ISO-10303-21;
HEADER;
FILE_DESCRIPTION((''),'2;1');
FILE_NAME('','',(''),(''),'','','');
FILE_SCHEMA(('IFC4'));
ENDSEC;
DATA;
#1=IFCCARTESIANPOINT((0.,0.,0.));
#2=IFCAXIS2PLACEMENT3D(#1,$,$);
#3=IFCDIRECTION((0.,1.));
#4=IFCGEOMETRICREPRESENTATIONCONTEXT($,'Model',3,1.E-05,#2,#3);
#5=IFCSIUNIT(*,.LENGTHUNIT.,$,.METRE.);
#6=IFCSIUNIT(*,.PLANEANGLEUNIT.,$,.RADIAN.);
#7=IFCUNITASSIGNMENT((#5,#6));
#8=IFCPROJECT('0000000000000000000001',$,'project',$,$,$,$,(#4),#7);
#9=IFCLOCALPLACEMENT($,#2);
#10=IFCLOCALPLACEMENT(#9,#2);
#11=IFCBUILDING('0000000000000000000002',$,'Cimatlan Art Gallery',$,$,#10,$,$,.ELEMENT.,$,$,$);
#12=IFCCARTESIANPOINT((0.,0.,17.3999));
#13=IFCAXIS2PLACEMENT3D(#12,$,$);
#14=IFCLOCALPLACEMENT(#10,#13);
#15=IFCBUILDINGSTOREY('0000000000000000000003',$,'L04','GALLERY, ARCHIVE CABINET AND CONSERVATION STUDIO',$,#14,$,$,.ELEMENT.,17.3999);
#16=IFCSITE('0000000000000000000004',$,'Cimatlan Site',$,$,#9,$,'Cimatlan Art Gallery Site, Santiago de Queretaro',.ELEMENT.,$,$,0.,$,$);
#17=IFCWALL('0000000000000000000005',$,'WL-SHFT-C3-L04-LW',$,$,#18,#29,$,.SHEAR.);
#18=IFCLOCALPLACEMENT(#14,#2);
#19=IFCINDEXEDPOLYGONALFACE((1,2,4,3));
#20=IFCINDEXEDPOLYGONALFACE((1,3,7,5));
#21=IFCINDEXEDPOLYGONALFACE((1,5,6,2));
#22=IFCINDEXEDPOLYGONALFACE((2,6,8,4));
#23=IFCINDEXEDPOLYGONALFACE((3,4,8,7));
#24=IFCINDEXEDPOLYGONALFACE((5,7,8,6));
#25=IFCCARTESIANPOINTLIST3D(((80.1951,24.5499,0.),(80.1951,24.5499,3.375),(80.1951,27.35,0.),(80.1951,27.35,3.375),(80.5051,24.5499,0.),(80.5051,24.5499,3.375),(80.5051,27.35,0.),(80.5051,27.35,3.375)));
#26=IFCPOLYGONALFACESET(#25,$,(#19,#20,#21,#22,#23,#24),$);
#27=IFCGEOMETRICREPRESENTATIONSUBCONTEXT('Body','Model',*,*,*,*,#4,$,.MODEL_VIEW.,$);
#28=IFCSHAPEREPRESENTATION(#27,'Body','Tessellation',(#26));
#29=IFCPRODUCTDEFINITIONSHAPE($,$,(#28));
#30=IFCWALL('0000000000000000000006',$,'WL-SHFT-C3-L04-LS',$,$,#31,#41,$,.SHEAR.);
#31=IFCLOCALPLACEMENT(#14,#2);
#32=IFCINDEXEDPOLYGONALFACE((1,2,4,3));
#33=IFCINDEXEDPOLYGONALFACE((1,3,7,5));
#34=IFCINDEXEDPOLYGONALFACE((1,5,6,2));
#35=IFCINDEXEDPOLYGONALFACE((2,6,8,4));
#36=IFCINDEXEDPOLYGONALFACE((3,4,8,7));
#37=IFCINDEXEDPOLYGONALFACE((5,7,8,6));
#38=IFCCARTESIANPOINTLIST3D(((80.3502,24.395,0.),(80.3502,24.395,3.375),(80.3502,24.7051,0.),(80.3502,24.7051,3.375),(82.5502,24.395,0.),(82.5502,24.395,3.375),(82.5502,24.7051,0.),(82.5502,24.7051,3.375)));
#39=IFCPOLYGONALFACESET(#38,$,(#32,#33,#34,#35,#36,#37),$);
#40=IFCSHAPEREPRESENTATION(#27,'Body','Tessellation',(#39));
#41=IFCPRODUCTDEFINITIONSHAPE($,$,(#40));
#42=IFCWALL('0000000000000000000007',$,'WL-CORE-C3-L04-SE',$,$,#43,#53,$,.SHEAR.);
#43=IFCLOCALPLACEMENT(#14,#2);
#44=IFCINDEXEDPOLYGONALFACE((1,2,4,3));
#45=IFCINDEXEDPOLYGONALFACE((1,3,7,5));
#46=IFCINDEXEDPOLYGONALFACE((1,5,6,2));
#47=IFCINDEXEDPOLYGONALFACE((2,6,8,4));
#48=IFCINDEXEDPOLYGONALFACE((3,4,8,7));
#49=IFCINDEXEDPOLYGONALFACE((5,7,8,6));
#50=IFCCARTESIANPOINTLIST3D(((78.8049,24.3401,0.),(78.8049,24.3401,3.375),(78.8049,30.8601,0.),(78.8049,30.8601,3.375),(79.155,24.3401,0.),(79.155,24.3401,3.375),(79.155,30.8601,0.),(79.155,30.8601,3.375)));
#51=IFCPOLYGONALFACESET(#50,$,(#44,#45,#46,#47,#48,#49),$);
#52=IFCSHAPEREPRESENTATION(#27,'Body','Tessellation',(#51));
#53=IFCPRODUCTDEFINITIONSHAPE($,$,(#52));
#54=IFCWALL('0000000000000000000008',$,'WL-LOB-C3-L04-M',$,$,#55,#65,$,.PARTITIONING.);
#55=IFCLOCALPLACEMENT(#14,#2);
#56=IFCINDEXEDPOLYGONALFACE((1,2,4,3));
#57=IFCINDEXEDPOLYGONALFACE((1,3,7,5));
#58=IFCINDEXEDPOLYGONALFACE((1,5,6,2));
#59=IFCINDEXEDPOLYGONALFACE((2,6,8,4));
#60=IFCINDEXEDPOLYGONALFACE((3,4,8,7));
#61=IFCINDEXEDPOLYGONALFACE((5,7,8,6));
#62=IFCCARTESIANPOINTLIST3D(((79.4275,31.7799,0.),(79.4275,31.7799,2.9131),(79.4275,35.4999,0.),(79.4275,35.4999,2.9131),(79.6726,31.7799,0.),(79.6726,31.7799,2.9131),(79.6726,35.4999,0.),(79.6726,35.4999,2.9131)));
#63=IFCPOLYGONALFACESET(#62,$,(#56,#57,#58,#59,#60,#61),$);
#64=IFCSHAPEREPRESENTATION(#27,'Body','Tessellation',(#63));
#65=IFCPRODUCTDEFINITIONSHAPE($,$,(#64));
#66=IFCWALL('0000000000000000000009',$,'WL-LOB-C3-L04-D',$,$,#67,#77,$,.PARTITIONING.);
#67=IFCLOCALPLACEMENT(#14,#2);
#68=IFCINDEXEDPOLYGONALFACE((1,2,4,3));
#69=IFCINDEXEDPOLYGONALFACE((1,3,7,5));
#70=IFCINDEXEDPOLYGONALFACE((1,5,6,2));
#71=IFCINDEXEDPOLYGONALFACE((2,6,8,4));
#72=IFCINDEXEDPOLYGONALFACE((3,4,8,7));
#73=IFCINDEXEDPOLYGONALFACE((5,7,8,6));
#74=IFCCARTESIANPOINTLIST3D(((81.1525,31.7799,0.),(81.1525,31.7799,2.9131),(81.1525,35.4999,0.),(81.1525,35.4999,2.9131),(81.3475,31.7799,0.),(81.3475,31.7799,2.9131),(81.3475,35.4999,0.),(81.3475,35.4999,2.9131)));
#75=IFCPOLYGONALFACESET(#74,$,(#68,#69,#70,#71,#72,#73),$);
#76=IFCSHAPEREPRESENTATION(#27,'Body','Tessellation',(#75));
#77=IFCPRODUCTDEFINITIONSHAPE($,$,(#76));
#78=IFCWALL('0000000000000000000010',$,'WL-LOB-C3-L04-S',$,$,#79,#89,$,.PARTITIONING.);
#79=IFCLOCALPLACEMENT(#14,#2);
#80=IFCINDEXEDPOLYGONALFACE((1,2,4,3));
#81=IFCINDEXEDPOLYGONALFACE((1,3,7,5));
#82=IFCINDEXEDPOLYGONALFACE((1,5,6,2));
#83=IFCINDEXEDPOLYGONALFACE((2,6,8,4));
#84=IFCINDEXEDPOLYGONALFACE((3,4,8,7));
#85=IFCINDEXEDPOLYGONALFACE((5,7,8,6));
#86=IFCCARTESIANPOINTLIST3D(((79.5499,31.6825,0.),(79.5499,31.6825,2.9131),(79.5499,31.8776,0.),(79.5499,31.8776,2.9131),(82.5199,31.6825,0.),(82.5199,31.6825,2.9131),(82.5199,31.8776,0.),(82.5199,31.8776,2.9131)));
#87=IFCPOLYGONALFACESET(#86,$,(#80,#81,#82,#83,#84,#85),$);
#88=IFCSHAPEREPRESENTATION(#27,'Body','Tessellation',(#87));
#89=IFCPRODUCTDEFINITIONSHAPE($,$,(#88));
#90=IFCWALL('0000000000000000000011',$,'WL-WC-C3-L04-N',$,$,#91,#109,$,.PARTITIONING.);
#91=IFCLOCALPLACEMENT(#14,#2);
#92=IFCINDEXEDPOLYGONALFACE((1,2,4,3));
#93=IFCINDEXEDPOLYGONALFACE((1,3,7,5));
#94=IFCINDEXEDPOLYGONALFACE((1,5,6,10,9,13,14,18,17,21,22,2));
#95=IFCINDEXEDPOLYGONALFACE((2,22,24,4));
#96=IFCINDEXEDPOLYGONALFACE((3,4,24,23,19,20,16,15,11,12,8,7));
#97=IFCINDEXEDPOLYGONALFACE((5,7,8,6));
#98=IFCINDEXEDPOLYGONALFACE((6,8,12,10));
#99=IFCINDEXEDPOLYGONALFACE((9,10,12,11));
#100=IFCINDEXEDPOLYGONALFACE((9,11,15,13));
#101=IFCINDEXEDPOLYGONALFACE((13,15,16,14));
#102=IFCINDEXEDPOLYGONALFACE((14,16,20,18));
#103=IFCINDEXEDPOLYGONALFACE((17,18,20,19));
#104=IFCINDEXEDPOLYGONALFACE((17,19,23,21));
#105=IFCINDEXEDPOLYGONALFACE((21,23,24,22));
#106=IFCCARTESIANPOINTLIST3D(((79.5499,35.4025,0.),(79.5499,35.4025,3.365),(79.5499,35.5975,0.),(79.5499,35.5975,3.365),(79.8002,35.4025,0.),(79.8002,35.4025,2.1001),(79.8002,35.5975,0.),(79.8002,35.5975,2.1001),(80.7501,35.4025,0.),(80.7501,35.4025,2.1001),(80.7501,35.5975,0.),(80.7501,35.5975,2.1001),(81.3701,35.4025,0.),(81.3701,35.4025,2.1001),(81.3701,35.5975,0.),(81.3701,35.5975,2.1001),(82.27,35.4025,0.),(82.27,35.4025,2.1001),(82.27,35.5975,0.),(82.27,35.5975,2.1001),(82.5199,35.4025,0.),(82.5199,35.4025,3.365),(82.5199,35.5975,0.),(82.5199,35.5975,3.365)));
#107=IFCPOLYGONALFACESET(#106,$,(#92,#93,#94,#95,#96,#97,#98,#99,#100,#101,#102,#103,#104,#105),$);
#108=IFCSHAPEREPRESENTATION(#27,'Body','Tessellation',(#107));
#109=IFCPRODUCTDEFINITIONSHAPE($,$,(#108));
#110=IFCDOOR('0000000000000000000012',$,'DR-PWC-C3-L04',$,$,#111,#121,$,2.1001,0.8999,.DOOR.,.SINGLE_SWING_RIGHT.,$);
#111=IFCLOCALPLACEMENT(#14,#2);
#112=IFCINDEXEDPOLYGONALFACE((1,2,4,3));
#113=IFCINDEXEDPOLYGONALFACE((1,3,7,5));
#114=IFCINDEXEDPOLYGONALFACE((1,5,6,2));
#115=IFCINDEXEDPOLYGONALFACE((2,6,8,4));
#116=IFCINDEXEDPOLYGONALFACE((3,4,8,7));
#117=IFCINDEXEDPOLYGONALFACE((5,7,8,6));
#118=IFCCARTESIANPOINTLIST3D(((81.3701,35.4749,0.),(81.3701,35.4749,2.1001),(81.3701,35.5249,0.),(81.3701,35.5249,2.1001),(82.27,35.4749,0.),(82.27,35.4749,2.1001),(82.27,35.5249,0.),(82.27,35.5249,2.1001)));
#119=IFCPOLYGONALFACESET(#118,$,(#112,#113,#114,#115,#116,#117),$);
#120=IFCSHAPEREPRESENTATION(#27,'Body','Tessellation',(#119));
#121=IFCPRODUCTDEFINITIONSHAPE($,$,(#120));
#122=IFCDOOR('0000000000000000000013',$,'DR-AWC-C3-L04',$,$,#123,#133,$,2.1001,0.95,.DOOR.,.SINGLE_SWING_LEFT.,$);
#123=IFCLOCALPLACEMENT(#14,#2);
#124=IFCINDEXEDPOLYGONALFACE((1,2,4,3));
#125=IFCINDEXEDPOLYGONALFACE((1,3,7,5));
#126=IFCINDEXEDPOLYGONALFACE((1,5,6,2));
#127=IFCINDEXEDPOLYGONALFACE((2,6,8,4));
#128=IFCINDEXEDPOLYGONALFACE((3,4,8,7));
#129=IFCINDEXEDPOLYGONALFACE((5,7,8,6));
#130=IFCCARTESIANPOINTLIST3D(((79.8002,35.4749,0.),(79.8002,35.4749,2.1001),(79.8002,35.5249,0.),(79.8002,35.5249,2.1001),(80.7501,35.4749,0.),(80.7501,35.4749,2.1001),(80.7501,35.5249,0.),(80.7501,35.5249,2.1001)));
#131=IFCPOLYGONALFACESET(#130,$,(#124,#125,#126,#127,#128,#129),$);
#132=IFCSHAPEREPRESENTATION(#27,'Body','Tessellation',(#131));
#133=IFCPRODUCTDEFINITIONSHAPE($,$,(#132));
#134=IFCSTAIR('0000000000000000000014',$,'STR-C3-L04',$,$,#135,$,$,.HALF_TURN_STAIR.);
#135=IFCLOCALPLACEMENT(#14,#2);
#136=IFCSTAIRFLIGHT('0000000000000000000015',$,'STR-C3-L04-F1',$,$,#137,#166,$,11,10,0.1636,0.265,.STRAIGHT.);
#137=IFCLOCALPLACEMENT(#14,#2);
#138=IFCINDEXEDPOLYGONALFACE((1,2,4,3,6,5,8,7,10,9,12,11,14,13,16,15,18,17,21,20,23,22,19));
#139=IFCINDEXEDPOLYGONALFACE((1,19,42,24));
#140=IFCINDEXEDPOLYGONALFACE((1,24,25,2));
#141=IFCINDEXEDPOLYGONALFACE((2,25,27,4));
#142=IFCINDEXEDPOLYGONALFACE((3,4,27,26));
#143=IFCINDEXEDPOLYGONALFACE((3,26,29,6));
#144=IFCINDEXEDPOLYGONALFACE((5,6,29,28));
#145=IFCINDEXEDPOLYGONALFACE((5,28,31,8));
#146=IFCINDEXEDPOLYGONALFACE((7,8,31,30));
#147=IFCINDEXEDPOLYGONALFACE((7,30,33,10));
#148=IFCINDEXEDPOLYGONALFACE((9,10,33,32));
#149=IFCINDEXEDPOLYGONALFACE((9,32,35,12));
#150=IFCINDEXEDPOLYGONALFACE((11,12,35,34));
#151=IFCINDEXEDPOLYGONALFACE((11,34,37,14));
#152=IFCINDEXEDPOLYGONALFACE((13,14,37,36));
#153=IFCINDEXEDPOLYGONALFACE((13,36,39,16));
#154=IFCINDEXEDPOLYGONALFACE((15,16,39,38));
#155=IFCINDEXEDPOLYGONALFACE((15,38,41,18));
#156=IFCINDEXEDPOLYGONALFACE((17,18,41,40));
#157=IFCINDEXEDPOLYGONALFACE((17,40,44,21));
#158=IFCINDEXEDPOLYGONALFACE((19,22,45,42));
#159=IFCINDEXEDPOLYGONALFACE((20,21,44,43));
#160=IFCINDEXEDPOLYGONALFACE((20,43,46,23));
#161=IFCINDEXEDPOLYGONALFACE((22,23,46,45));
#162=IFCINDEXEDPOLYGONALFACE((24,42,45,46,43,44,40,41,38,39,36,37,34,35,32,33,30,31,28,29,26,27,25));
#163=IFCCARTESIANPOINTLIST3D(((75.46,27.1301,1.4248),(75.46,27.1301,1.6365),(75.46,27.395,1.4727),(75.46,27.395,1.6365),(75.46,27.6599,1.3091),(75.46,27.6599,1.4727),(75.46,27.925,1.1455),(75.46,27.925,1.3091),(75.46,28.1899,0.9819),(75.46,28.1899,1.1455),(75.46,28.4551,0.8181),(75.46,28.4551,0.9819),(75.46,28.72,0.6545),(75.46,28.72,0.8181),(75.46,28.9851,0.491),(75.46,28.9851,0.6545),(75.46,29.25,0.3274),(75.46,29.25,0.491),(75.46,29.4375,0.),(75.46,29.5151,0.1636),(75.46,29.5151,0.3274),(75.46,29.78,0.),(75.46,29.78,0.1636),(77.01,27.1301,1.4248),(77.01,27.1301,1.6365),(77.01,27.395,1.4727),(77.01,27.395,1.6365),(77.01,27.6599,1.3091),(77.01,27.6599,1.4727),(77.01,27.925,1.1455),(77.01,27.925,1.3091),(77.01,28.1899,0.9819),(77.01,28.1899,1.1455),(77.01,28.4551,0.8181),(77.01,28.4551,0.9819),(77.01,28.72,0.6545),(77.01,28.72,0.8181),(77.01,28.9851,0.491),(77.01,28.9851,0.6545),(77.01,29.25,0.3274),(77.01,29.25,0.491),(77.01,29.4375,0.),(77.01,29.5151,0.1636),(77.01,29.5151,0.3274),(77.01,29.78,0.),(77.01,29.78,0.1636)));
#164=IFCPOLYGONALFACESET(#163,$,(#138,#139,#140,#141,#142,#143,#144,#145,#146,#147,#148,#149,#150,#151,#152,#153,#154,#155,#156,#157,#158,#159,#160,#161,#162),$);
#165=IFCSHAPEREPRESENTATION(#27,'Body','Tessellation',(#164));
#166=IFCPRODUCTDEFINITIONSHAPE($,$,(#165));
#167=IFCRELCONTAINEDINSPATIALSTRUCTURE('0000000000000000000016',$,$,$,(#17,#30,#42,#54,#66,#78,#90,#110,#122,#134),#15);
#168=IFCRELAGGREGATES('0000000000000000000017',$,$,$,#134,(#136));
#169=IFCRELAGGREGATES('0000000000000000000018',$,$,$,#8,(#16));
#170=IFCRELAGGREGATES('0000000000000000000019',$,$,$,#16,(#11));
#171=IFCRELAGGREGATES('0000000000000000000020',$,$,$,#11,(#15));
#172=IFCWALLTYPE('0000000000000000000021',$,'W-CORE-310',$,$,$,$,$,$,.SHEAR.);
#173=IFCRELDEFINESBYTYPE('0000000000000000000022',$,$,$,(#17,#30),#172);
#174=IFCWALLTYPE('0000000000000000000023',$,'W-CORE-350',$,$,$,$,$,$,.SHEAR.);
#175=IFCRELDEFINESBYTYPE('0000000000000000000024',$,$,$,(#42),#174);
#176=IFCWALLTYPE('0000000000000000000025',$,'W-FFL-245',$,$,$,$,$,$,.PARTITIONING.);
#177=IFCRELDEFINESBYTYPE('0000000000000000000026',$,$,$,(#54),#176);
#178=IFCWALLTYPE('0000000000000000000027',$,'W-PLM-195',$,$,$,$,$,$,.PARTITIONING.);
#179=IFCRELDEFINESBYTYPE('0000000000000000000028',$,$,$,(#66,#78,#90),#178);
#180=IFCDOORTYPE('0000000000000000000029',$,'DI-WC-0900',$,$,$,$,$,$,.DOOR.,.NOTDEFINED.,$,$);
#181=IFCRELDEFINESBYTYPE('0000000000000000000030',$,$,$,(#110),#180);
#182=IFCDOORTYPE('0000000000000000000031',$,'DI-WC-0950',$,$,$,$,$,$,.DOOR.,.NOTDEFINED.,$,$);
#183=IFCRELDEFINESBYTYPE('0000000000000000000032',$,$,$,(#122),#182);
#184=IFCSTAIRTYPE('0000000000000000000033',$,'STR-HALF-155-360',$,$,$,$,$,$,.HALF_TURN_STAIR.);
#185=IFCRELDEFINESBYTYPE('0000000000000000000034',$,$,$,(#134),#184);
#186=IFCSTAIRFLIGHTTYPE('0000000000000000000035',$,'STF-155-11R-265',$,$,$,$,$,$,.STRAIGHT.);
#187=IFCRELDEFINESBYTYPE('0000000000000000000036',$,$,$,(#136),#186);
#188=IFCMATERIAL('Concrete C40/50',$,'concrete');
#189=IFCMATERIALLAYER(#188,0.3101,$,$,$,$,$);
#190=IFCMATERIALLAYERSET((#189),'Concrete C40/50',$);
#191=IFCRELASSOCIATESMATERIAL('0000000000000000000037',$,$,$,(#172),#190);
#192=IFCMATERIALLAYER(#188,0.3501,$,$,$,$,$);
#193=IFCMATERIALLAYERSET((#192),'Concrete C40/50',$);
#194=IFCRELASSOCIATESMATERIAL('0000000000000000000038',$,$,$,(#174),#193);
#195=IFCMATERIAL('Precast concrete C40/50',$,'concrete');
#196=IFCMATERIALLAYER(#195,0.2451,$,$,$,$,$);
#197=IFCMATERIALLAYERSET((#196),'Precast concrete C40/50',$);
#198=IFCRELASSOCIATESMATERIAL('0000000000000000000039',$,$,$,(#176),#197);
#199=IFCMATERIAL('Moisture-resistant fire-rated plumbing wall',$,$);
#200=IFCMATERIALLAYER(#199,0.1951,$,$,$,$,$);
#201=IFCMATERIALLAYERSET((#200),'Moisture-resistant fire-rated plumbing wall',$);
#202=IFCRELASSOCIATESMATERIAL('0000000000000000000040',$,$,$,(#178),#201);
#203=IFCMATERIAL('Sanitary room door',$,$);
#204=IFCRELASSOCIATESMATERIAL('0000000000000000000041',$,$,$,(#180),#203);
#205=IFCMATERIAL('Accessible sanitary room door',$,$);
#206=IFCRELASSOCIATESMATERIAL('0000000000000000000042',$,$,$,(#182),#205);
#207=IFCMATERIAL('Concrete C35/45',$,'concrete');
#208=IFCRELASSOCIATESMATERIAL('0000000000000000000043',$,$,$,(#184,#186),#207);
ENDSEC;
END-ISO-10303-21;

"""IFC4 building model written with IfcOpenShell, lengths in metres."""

from ifc_helpers import new_model, si_unit, direction, frame, frame_2d, origin, place, context, subcontext, project, spatial, polyline, rectangle, outline, extrude, material, layer, layer_set, type_object, element, fill, aggregate, save


model = new_model("IFC4")

# Units and contexts
model_context = context("Model", 3, precision=1e-05, world=origin(), true_north=direction((0.0, 1.0)))
body_context = subcontext(model_context, "Body", "Model", "MODEL_VIEW")
ifc_project = project(units=[si_unit("LENGTHUNIT", "METRE"), si_unit("PLANEANGLEUNIT", "RADIAN")], contexts=[model_context])

# Site, building, storey
site_placement = place(None, origin())
site = spatial("IfcSite", under=ifc_project, at=site_placement, Name="Cimatlan Site", LongName="Cimatlan Art Gallery Site, Santiago de Queretaro", CompositionType="ELEMENT", RefElevation=0.0)
building_placement = place(site_placement, origin())
building = spatial("IfcBuilding", under=site, at=building_placement, Name="Cimatlan Art Gallery", CompositionType="ELEMENT")
storey_placement = place(building_placement, frame((0.0, 0.0, 17.3999)))
storey = spatial("IfcBuildingStorey", under=building, at=storey_placement, Name="L04", Description="GALLERY, ARCHIVE CABINET AND CONSERVATION STUDIO", CompositionType="ELEMENT", Elevation=17.3999)

# Walls
ifc_material_1 = material(Name="Concrete C40/50", Category="concrete")
ifc_layer_1 = layer(ifc_material_1, 0.3101)
ifc_layer_set_1 = layer_set([ifc_layer_1], Name="Concrete C40/50")
wall_type_1 = type_object("IfcWallType", Name="W-CORE-310", PredefinedType="SHEAR", material=ifc_layer_set_1)
wall_1_placement = place(storey_placement, frame((80.3501, 24.55, 0.0), z_axis=(0.0, 0.0, 1.0), x_axis=(0.0, 1.0, 0.0)))
element("IfcWall", 1, at=wall_1_placement, inside=storey, type_object=wall_type_1, Name="WL-SHFT-C3-L04-LW", PredefinedType="SHEAR", context=body_context, shape_type="SweptSolid", body=[
    extrude(rectangle(XDim=2.8, YDim=0.3101, at=frame_2d((1.3999, 0.0))), origin(), (0.0, 0.0, 1.0), 3.375),
])
wall_2_placement = place(storey_placement, frame((80.3501, 24.55, 0.0), z_axis=(0.0, 0.0, 1.0), x_axis=(1.0, 0.0, 0.0)))
element("IfcWall", 2, at=wall_2_placement, inside=storey, type_object=wall_type_1, Name="WL-SHFT-C3-L04-LS", PredefinedType="SHEAR", context=body_context, shape_type="SweptSolid", body=[
    extrude(rectangle(XDim=2.2, YDim=0.3101, at=frame_2d((1.1001, 0.0))), origin(), (0.0, 0.0, 1.0), 3.375),
])

# Walls
ifc_layer_2 = layer(ifc_material_1, 0.3501)
ifc_layer_set_2 = layer_set([ifc_layer_2], Name="Concrete C40/50")
wall_type_2 = type_object("IfcWallType", Name="W-CORE-350", PredefinedType="SHEAR", material=ifc_layer_set_2)
wall_3_placement = place(storey_placement, frame((78.98, 24.3401, 0.0), z_axis=(0.0, 0.0, 1.0), x_axis=(0.0, 1.0, 0.0)))
element("IfcWall", 3, at=wall_3_placement, inside=storey, type_object=wall_type_2, Name="WL-CORE-C3-L04-SE", PredefinedType="SHEAR", context=body_context, shape_type="SweptSolid", body=[
    extrude(rectangle(XDim=6.52, YDim=0.3501, at=frame_2d((3.26, 0.0))), origin(), (0.0, 0.0, 1.0), 3.375),
])
ifc_material_2 = material(Name="Precast concrete C40/50", Category="concrete")
ifc_layer_3 = layer(ifc_material_2, 0.2451)
ifc_layer_set_3 = layer_set([ifc_layer_3], Name="Precast concrete C40/50")
wall_type_3 = type_object("IfcWallType", Name="W-FFL-245", PredefinedType="PARTITIONING", material=ifc_layer_set_3)
wall_4_placement = place(storey_placement, frame((79.55, 31.78, 0.0), z_axis=(0.0, 0.0, 1.0), x_axis=(0.0, 1.0, 0.0)))
element("IfcWall", 4, at=wall_4_placement, inside=storey, type_object=wall_type_3, Name="WL-LOB-C3-L04-M", PredefinedType="PARTITIONING", context=body_context, shape_type="SweptSolid", body=[
    extrude(rectangle(XDim=3.72, YDim=0.2451, at=frame_2d((1.8599, 0.0))), origin(), (0.0, 0.0, 1.0), 2.9131),
])
ifc_material_3 = material(Name="Moisture-resistant fire-rated plumbing wall")
ifc_layer_4 = layer(ifc_material_3, 0.1951)
ifc_layer_set_4 = layer_set([ifc_layer_4], Name="Moisture-resistant fire-rated plumbing wall")
wall_type_4 = type_object("IfcWallType", Name="W-PLM-195", PredefinedType="PARTITIONING", material=ifc_layer_set_4)
wall_5_placement = place(storey_placement, frame((81.25, 31.78, 0.0), z_axis=(0.0, 0.0, 1.0), x_axis=(0.0, 1.0, 0.0)))
element("IfcWall", 5, at=wall_5_placement, inside=storey, type_object=wall_type_4, Name="WL-LOB-C3-L04-D", PredefinedType="PARTITIONING", context=body_context, shape_type="SweptSolid", body=[
    extrude(rectangle(XDim=3.72, YDim=0.1951, at=frame_2d((1.8599, 0.0))), origin(), (0.0, 0.0, 1.0), 2.9131),
])
wall_6_placement = place(storey_placement, frame((79.55, 31.78, 0.0), z_axis=(0.0, 0.0, 1.0), x_axis=(1.0, 0.0, 0.0)))
element("IfcWall", 6, at=wall_6_placement, inside=storey, type_object=wall_type_4, Name="WL-LOB-C3-L04-S", PredefinedType="PARTITIONING", context=body_context, shape_type="SweptSolid", body=[
    extrude(rectangle(XDim=2.97, YDim=0.1951, at=frame_2d((1.4849, 0.0))), origin(), (0.0, 0.0, 1.0), 2.9131),
])

# Wall, openings, doors
wall_7_placement = place(storey_placement, frame((79.55, 35.5, 0.0), z_axis=(0.0, 0.0, 1.0), x_axis=(1.0, 0.0, 0.0)))
wall_7 = element("IfcWall", 7, at=wall_7_placement, inside=storey, type_object=wall_type_4, Name="WL-WC-C3-L04-N", PredefinedType="PARTITIONING", context=body_context, shape_type="SweptSolid", body=[
    extrude(rectangle(XDim=2.97, YDim=0.1951, at=frame_2d((1.4849, 0.0))), origin(), (0.0, 0.0, 1.0), 3.365),
])
opening_1_placement = place(wall_7_placement, frame((0.25, 0.0, 0.0)))
opening_1 = element("IfcOpeningElement", 8, at=opening_1_placement, cuts=wall_7, PredefinedType="OPENING", context=body_context, shape_type="SweptSolid", body=[
    extrude(rectangle(XDim=0.95, YDim=2.1001, at=frame_2d((0.4751, 1.05))), frame((0.0, 0.1074, 0.0), z_axis=(0.0, -1.0, 0.0), x_axis=(1.0, 0.0, 0.0)), (0.0, 0.0, 1.0), 0.2151),
])
opening_2_placement = place(wall_7_placement, frame((1.8201, 0.0, 0.0)))
opening_2 = element("IfcOpeningElement", 9, at=opening_2_placement, cuts=wall_7, PredefinedType="OPENING", context=body_context, shape_type="SweptSolid", body=[
    extrude(rectangle(XDim=0.8999, YDim=2.1001, at=frame_2d((0.45, 1.05))), frame((0.0, 0.1074, 0.0), z_axis=(0.0, -1.0, 0.0), x_axis=(1.0, 0.0, 0.0)), (0.0, 0.0, 1.0), 0.2151),
])
ifc_material_4 = material(Name="Sanitary room door")
door_type_1 = type_object("IfcDoorType", Name="DI-WC-0900", OperationType="NOTDEFINED", PredefinedType="DOOR", material=ifc_material_4)
door_1_placement = place(opening_2_placement, origin())
door_1 = element("IfcDoor", 10, at=door_1_placement, inside=storey, type_object=door_type_1, Name="DR-PWC-C3-L04", OperationType="SINGLE_SWING_RIGHT", OverallHeight=2.1001, OverallWidth=0.8999, PredefinedType="DOOR", context=body_context, shape_type="SweptSolid", body=[
    extrude(rectangle(XDim=0.8999, YDim=2.1001, at=frame_2d((0.45, 1.05))), frame((0.0, 0.0249, 0.0), z_axis=(0.0, -1.0, 0.0), x_axis=(1.0, 0.0, 0.0)), (0.0, 0.0, 1.0), 0.05),
])
fill(opening_2, door_1)
ifc_material_5 = material(Name="Accessible sanitary room door")
door_type_2 = type_object("IfcDoorType", Name="DI-WC-0950", OperationType="NOTDEFINED", PredefinedType="DOOR", material=ifc_material_5)
door_2_placement = place(opening_1_placement, origin())
door_2 = element("IfcDoor", 11, at=door_2_placement, inside=storey, type_object=door_type_2, Name="DR-AWC-C3-L04", OperationType="SINGLE_SWING_LEFT", OverallHeight=2.1001, OverallWidth=0.95, PredefinedType="DOOR", context=body_context, shape_type="SweptSolid", body=[
    extrude(rectangle(XDim=0.95, YDim=2.1001, at=frame_2d((0.4751, 1.05))), frame((0.0, 0.0249, 0.0), z_axis=(0.0, -1.0, 0.0), x_axis=(1.0, 0.0, 0.0)), (0.0, 0.0, 1.0), 0.05),
])
fill(opening_1, door_2)

# Stair, stair flight
ifc_material_6 = material(Name="Concrete C35/45", Category="concrete")
stair_type = type_object("IfcStairType", Name="STR-HALF-155-360", PredefinedType="HALF_TURN_STAIR", material=ifc_material_6)
stair_placement = place(storey_placement, origin())
stair = element("IfcStair", 12, at=stair_placement, inside=storey, type_object=stair_type, Name="STR-C3-L04", PredefinedType="HALF_TURN_STAIR")
stair_flight_type = type_object("IfcStairFlightType", Name="STF-155-11R-265", PredefinedType="STRAIGHT", material=ifc_material_6)
stair_flight_1_placement = place(storey_placement, frame((76.2351, 29.78, 0.0), z_axis=(0.0, 0.0, 1.0), x_axis=(0.0, -1.0, 0.0)))
stair_flight_1 = element("IfcStairFlight", 13, at=stair_flight_1_placement, type_object=stair_flight_type, Name="STR-C3-L04-F1", NumberOfRisers=11, NumberOfTreads=10, PredefinedType="STRAIGHT", RiserHeight=0.1636, TreadLength=0.265, context=body_context, shape_type="SweptSolid", body=[
    extrude(outline(polyline([(0.0, 0.0), (0.0, 0.1636), (0.2649, 0.1636), (0.2649, 0.3274), (0.53, 0.3274), (0.53, 0.491), (0.7949, 0.491), (0.7949, 0.6545), (1.0601, 0.6545), (1.0601, 0.8181), (1.325, 0.8181), (1.325, 0.9819), (1.5901, 0.9819), (1.5901, 1.1455), (1.855, 1.1455), (1.855, 1.3091), (2.1201, 1.3091), (2.1201, 1.4727), (2.385, 1.4727), (2.385, 1.6365), (2.6499, 1.6365), (2.6499, 1.8), (2.6499, 1.4248), (0.3425, 0.0), (0.0, 0.0)])), frame((0.0, 0.7749, 0.0), z_axis=(0.0, -1.0, 0.0), x_axis=(1.0, 0.0, 0.0)), (0.0, 0.0, 1.0), 1.55),
])
aggregate(stair, [stair_flight_1])

save(model, "model.ifc")
